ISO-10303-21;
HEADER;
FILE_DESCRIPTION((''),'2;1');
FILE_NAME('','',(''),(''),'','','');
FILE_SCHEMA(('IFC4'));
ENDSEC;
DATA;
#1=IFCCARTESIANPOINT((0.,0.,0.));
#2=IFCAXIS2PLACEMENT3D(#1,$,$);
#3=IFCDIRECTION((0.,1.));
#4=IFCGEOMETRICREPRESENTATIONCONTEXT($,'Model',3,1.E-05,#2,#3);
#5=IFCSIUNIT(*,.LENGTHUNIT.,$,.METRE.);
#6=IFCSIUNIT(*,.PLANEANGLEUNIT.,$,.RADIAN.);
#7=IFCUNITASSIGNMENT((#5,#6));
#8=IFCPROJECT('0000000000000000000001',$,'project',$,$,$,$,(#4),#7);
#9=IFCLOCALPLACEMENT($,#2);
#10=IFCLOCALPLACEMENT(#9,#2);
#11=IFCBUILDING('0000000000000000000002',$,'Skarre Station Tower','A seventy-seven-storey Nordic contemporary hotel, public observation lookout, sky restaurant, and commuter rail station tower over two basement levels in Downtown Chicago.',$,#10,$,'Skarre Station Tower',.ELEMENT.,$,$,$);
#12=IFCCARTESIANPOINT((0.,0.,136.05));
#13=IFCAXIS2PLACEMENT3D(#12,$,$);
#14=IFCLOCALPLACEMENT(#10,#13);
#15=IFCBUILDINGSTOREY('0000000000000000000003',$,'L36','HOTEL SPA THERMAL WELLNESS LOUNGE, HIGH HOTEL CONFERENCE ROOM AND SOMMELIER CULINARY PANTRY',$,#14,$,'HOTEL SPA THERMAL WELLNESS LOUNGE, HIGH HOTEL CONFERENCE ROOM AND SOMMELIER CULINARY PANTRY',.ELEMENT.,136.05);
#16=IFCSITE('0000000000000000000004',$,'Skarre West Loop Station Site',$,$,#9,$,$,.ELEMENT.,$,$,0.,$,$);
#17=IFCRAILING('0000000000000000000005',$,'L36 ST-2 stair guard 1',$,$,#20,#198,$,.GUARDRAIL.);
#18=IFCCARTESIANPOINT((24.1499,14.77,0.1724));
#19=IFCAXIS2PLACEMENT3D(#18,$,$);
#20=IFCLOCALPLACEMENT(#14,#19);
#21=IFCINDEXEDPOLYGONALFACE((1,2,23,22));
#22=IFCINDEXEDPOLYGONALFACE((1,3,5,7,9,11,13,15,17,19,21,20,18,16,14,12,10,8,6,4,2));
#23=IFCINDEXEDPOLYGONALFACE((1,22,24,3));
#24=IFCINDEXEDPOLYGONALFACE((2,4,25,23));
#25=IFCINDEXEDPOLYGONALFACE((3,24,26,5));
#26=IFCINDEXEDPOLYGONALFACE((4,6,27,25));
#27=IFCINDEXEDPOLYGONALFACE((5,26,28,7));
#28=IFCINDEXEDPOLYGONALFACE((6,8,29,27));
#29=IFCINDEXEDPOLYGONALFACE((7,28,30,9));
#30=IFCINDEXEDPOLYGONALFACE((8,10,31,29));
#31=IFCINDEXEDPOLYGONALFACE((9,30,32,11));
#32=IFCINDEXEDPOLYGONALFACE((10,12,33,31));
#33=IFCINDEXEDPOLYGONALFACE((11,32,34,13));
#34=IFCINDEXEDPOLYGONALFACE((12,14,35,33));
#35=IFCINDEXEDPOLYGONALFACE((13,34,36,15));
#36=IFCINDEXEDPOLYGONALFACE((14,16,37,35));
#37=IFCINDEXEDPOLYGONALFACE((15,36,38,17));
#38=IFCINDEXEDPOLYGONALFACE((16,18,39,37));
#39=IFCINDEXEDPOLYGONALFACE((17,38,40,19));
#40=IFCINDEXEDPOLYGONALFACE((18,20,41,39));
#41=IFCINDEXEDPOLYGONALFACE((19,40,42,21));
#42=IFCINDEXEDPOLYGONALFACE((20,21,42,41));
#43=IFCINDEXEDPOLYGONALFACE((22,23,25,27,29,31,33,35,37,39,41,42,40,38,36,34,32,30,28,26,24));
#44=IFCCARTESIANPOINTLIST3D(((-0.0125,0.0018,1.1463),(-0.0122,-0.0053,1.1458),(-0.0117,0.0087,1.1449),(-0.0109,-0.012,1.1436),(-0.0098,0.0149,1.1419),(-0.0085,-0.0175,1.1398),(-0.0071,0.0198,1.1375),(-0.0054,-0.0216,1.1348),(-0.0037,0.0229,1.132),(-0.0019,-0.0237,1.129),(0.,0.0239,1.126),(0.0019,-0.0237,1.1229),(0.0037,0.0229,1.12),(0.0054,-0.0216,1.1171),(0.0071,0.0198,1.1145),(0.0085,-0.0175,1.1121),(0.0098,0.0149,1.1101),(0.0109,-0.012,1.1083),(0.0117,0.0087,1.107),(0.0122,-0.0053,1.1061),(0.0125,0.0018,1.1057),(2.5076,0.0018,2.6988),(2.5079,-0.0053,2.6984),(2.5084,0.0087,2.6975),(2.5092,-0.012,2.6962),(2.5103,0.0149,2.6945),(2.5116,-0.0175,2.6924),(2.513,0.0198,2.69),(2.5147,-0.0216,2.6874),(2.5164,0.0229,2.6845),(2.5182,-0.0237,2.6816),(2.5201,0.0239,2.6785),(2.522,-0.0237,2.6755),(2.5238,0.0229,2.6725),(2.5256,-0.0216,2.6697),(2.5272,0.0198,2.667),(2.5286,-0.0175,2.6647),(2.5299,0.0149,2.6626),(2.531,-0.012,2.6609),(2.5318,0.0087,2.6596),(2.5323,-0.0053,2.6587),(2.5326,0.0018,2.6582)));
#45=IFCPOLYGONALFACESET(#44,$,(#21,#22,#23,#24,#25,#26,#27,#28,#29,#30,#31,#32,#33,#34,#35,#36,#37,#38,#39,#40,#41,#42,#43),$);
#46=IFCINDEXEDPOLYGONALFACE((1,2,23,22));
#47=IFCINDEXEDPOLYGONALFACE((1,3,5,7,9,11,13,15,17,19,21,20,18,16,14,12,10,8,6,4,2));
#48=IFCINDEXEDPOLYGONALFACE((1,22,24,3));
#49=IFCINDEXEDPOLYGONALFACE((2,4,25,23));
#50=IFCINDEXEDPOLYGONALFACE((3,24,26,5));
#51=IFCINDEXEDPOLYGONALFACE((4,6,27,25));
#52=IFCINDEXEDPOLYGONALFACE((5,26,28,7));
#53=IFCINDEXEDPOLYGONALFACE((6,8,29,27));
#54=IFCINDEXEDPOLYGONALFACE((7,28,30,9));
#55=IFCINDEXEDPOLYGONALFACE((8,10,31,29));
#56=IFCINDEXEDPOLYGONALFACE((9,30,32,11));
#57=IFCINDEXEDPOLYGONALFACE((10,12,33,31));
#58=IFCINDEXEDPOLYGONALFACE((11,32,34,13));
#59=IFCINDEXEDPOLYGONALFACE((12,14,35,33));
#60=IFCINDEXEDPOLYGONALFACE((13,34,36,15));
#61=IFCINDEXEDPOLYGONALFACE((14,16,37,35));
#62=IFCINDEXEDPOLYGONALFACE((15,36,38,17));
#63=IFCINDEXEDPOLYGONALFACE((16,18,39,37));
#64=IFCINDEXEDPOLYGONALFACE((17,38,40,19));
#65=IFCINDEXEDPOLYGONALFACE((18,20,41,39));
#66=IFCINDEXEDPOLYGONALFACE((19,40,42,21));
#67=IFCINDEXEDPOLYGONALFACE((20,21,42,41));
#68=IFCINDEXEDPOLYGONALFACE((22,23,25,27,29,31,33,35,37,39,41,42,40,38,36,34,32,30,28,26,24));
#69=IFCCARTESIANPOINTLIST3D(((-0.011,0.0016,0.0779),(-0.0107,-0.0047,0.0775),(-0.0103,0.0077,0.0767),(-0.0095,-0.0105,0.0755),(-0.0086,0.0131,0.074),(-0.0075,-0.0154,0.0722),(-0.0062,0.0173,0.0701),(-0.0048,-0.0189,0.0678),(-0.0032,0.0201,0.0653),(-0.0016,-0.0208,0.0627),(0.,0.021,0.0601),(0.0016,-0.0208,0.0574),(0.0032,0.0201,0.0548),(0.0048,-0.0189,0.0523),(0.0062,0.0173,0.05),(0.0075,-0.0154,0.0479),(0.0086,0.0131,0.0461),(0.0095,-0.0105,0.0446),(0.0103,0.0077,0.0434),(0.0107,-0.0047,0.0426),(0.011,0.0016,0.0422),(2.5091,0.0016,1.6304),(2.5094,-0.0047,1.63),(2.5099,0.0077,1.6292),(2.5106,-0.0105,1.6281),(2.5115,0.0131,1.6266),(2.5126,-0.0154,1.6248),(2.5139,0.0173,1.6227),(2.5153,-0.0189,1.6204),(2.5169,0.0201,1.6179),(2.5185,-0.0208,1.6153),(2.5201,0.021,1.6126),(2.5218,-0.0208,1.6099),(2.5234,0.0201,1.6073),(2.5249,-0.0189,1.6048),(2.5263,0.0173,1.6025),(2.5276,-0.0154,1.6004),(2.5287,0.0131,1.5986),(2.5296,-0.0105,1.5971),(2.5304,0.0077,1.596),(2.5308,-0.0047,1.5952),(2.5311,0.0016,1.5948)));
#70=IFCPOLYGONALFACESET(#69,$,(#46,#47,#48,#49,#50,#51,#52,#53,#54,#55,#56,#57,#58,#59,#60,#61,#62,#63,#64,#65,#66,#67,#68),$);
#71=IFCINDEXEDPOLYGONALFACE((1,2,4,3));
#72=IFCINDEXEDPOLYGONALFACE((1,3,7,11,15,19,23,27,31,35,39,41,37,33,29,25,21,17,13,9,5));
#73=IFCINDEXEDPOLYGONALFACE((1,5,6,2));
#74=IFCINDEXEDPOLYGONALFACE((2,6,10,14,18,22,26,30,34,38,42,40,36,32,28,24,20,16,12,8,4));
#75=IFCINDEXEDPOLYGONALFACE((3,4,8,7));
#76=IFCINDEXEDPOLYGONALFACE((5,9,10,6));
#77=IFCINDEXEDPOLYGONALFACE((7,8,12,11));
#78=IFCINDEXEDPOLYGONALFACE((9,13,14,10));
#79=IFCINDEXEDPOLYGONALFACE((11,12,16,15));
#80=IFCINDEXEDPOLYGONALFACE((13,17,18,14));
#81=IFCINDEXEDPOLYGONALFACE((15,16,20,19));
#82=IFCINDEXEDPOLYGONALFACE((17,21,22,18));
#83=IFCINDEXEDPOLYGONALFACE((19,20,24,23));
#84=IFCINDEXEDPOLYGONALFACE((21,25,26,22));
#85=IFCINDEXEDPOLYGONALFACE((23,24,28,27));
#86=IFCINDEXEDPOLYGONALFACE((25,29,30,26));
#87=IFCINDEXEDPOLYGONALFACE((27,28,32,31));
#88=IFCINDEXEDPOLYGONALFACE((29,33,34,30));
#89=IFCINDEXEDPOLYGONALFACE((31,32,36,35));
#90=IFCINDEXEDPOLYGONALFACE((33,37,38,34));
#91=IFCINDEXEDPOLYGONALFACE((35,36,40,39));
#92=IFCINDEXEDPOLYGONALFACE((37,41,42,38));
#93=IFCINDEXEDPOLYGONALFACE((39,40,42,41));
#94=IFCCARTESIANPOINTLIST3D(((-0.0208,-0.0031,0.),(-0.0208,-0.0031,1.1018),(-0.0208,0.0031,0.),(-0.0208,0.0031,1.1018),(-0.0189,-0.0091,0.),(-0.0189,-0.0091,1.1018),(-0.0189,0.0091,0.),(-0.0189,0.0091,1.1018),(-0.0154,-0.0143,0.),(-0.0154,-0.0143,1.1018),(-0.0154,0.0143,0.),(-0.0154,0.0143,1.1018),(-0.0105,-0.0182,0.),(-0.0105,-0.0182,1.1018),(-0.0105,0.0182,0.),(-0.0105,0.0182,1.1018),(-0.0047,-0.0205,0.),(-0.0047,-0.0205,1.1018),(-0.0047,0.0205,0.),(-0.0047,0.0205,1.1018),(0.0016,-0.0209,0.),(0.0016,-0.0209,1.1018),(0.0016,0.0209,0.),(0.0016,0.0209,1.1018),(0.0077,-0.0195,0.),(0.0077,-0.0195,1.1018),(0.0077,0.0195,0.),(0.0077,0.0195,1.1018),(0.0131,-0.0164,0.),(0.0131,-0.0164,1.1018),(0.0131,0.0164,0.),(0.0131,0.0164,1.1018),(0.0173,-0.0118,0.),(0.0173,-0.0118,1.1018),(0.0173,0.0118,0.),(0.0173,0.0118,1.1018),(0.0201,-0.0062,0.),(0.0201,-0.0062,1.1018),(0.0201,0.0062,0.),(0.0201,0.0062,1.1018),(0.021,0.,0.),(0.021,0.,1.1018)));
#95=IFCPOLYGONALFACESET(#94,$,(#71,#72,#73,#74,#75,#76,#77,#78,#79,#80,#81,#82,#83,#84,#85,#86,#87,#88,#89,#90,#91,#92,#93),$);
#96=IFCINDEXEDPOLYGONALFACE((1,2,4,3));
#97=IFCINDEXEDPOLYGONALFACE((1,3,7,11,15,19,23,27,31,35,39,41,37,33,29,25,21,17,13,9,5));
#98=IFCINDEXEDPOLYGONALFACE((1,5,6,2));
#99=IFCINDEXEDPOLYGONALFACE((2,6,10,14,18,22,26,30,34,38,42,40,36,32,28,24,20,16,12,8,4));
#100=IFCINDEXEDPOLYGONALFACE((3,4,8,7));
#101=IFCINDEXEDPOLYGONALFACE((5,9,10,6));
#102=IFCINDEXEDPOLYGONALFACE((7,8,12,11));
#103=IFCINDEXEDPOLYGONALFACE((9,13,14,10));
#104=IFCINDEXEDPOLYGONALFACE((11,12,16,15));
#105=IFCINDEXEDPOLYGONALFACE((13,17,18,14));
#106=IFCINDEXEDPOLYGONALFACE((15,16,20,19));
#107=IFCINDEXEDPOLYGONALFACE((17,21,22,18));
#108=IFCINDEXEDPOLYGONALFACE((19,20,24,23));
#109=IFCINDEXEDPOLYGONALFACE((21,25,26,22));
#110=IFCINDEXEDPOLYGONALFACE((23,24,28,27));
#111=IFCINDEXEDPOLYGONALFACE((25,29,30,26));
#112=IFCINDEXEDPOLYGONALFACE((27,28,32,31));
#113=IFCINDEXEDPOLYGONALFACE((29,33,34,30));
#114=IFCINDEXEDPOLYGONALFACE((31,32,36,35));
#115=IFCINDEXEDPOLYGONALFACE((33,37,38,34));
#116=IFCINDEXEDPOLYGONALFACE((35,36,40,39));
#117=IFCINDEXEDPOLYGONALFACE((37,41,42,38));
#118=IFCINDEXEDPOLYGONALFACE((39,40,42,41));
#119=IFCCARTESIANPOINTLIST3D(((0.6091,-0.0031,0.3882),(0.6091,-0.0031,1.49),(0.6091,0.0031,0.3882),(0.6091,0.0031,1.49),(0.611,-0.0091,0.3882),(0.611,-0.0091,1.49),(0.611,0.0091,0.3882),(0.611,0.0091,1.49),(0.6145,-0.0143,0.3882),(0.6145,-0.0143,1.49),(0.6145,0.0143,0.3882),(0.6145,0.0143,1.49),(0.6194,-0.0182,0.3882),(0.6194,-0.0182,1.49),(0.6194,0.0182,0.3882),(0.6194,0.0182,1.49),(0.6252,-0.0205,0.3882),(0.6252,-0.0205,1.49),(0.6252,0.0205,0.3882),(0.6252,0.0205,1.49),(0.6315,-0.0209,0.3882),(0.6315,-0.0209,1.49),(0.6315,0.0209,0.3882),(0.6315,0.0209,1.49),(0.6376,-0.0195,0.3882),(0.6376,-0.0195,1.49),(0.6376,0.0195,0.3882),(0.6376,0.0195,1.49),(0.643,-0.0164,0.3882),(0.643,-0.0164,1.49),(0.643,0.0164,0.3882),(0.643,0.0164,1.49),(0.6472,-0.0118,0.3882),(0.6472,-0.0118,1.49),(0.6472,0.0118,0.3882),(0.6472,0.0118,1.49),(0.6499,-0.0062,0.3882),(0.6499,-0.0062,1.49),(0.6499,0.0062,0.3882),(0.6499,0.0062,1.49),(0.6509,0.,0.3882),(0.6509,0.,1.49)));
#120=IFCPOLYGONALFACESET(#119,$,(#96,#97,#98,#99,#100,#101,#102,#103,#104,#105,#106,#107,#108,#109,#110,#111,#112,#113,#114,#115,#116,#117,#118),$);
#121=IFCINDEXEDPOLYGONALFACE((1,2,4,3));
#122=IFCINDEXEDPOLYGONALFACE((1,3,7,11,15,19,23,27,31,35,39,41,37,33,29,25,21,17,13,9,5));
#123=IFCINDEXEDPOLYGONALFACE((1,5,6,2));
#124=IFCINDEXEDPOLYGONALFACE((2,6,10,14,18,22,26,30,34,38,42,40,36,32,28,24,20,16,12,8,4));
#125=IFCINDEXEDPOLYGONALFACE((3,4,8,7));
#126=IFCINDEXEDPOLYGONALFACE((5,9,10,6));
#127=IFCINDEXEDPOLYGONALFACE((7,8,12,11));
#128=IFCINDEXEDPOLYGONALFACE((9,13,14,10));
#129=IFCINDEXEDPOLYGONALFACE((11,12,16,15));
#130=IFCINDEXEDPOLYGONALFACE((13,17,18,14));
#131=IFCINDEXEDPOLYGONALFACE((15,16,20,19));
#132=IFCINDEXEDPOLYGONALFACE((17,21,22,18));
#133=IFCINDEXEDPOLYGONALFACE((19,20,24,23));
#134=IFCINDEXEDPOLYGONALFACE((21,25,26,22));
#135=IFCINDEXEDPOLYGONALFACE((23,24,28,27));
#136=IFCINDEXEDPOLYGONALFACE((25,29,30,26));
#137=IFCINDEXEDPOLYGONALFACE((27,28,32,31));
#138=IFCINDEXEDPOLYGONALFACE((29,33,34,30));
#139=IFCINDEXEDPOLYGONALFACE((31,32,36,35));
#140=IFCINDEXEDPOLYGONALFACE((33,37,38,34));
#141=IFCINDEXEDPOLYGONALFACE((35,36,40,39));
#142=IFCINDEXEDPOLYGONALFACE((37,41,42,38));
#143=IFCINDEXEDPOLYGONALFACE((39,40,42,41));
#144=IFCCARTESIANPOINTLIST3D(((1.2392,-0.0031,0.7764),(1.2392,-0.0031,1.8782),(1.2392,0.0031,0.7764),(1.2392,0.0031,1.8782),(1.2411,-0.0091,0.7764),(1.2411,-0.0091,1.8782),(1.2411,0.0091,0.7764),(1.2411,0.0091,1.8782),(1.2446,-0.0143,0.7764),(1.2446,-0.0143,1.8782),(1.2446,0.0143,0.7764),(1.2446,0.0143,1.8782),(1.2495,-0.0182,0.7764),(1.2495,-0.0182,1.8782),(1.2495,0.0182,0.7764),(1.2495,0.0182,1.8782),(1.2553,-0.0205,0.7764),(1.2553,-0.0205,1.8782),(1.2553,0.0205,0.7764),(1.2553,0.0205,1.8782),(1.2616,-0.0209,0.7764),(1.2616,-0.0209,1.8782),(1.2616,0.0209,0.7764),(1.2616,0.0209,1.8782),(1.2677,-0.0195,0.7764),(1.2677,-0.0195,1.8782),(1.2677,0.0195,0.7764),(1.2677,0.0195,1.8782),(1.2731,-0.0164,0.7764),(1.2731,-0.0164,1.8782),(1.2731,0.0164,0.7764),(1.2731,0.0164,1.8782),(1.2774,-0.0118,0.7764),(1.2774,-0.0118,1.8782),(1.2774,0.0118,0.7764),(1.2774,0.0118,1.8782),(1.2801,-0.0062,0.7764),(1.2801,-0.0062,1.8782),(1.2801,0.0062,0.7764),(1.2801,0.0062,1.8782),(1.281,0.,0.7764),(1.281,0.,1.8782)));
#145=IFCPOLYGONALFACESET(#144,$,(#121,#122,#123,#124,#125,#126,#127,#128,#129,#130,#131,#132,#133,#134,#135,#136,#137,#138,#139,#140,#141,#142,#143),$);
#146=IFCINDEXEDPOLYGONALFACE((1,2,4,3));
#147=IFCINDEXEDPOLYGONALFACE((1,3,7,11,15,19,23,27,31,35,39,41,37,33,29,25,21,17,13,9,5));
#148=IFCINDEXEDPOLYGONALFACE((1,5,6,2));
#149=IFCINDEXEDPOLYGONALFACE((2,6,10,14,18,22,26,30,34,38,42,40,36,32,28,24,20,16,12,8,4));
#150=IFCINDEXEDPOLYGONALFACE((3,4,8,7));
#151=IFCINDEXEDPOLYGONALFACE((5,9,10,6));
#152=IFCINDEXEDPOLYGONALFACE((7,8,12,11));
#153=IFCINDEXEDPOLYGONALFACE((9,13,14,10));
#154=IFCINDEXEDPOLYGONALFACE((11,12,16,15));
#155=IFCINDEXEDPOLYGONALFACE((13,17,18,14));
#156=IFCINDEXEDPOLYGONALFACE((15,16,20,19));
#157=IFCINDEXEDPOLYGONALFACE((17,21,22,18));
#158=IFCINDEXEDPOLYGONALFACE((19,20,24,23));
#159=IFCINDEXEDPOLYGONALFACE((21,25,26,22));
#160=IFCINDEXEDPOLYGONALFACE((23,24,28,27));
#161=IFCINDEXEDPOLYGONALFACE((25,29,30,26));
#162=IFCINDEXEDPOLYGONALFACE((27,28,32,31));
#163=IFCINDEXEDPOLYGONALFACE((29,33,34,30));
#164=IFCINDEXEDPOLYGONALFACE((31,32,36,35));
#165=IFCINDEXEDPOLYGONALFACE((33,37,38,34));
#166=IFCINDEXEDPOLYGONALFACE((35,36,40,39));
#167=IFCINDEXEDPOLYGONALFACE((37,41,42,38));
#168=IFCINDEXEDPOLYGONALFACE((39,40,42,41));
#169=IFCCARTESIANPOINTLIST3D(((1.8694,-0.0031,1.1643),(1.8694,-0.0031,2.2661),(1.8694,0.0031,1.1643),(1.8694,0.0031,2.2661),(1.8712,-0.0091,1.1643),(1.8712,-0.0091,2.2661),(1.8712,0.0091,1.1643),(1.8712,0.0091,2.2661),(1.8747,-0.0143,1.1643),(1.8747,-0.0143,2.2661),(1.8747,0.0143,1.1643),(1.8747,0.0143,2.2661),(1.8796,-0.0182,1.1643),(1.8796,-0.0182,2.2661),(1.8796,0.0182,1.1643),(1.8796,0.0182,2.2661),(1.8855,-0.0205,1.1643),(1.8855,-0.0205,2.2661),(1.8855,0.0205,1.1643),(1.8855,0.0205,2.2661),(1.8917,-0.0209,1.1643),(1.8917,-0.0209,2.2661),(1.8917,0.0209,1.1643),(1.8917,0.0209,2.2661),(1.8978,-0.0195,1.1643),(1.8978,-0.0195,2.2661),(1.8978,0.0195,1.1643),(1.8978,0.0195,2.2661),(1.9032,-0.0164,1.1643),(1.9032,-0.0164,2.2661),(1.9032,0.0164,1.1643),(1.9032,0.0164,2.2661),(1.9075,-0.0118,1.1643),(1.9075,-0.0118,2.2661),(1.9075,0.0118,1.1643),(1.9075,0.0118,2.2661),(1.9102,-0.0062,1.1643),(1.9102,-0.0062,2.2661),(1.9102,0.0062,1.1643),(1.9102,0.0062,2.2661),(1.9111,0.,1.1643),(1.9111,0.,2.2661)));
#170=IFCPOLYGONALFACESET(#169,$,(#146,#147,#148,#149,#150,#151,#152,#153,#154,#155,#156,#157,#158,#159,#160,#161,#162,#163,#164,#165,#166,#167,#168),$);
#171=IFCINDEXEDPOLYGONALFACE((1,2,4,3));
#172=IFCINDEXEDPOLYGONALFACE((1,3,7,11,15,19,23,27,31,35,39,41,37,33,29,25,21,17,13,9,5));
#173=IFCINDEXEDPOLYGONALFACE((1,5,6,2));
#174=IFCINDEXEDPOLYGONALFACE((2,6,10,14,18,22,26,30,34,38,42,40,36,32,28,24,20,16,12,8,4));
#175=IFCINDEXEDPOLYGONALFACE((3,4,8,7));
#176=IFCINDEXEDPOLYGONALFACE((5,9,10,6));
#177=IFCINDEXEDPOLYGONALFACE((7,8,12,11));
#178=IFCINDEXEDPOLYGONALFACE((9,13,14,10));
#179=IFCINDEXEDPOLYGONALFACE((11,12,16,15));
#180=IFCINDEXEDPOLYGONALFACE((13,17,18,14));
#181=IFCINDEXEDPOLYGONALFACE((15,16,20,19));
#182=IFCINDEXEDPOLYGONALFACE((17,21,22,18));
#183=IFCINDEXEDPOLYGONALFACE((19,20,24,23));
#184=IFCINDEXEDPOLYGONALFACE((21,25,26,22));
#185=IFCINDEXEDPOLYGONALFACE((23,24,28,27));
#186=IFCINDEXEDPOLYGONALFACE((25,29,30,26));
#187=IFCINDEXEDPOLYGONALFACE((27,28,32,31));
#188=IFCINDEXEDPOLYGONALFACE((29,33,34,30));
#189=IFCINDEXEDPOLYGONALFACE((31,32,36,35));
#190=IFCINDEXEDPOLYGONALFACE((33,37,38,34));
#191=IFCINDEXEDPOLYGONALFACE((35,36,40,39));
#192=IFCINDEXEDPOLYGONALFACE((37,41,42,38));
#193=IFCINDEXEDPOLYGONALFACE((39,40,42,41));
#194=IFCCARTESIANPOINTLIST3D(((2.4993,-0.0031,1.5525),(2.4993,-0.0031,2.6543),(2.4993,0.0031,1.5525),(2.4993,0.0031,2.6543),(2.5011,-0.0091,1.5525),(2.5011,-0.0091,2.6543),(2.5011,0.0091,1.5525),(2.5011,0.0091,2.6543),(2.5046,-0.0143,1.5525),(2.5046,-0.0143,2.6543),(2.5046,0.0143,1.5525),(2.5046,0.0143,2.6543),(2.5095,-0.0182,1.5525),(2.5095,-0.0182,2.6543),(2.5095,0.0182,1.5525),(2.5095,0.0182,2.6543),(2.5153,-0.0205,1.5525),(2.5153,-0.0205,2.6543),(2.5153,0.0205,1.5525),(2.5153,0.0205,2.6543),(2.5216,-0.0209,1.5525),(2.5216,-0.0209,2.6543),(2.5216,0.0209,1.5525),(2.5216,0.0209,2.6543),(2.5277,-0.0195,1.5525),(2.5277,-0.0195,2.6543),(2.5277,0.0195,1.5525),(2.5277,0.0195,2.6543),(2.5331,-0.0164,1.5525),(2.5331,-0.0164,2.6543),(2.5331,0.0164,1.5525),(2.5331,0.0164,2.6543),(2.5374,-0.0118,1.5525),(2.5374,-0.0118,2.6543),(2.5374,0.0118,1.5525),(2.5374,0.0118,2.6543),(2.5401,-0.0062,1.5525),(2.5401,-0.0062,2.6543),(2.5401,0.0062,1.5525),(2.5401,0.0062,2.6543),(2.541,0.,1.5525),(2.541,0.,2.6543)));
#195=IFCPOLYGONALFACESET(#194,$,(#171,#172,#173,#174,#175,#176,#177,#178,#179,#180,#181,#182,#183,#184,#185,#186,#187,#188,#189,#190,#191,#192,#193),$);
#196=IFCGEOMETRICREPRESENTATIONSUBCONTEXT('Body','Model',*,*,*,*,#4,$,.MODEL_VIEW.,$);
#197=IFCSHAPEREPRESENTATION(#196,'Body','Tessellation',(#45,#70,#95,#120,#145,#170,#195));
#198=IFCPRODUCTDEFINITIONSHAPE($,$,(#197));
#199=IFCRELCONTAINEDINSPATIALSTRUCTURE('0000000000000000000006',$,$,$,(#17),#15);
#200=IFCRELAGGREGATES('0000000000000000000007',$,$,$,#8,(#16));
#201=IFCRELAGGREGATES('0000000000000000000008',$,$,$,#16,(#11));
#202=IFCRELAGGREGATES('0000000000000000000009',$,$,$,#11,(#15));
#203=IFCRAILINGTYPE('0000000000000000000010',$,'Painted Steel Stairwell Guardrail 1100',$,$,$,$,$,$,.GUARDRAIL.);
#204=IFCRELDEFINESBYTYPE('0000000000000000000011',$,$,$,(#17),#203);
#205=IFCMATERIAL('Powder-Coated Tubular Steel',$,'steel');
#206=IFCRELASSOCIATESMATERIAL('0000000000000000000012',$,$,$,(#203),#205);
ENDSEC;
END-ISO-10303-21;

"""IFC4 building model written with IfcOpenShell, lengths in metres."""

from ifc_helpers import new_model, si_unit, direction, frame, origin, origin_2d, place, context, subcontext, project, spatial, circle, extrude, material, type_object, element, save


model = new_model("IFC4")

# Units and contexts
model_context = context("Model", 3, precision=1e-05, world=origin(), true_north=direction((0.0, 1.0)))
body_context = subcontext(model_context, "Body", "Model", "MODEL_VIEW")
ifc_project = project(units=[si_unit("LENGTHUNIT", "METRE"), si_unit("PLANEANGLEUNIT", "RADIAN")], contexts=[model_context])

# Site, building, storey
site_placement = place(None, origin())
site = spatial("IfcSite", under=ifc_project, at=site_placement, Name="Skarre West Loop Station Site", CompositionType="ELEMENT", RefElevation=0.0)
building_placement = place(site_placement, origin())
building = spatial("IfcBuilding", under=site, at=building_placement, Name="Skarre Station Tower", Description="A seventy-seven-storey Nordic contemporary hotel, public observation lookout, sky restaurant, and commuter rail station tower over two basement levels in Downtown Chicago.", LongName="Skarre Station Tower", CompositionType="ELEMENT")
storey_placement = place(building_placement, frame((0.0, 0.0, 136.05)))
storey = spatial("IfcBuildingStorey", under=building, at=storey_placement, Name="L36", Description="HOTEL SPA THERMAL WELLNESS LOUNGE, HIGH HOTEL CONFERENCE ROOM AND SOMMELIER CULINARY PANTRY", LongName="HOTEL SPA THERMAL WELLNESS LOUNGE, HIGH HOTEL CONFERENCE ROOM AND SOMMELIER CULINARY PANTRY", CompositionType="ELEMENT", Elevation=136.05)

# Railing
ifc_material_1 = material(Name="Powder-Coated Tubular Steel", Category="steel")
railing_type_1 = type_object("IfcRailingType", Name="Painted Steel Stairwell Guardrail 1100", PredefinedType="GUARDRAIL", material=ifc_material_1)
railing_1_placement = place(storey_placement, frame((24.1499, 14.77, 0.1724)))
element("IfcRailing", 1, at=railing_1_placement, inside=storey, type_object=railing_type_1, Name="L36 ST-2 stair guard 1", PredefinedType="GUARDRAIL", context=body_context, shape_type="SweptSolid", body=[
    extrude(circle(Radius=0.0239, at=origin_2d()), frame((0.0, 0.0, 1.126), z_axis=(0.8514, 0.0, 0.524516), x_axis=(0.0, 1.0, 0.0)), (0.0, 0.0, 1.0), 2.96),
    extrude(circle(Radius=0.021, at=origin_2d()), frame((0.0, 0.0, 0.0601), z_axis=(0.8514, 0.0, 0.524516), x_axis=(0.0, 1.0, 0.0)), (0.0, 0.0, 1.0), 2.96),
    extrude(circle(Radius=0.021, at=origin_2d()), origin(), (0.0, 0.0, 1.0), 1.1018),
    extrude(circle(Radius=0.021, at=origin_2d()), frame((0.6299, 0.0, 0.3882)), (0.0, 0.0, 1.0), 1.1018),
    extrude(circle(Radius=0.021, at=origin_2d()), frame((1.26, 0.0, 0.7764)), (0.0, 0.0, 1.0), 1.1018),
    extrude(circle(Radius=0.021, at=origin_2d()), frame((1.8901, 0.0, 1.1643)), (0.0, 0.0, 1.0), 1.1018),
    extrude(circle(Radius=0.021, at=origin_2d()), frame((2.52, 0.0, 1.5525)), (0.0, 0.0, 1.0), 1.1018),
])

save(model, "model.ifc")
